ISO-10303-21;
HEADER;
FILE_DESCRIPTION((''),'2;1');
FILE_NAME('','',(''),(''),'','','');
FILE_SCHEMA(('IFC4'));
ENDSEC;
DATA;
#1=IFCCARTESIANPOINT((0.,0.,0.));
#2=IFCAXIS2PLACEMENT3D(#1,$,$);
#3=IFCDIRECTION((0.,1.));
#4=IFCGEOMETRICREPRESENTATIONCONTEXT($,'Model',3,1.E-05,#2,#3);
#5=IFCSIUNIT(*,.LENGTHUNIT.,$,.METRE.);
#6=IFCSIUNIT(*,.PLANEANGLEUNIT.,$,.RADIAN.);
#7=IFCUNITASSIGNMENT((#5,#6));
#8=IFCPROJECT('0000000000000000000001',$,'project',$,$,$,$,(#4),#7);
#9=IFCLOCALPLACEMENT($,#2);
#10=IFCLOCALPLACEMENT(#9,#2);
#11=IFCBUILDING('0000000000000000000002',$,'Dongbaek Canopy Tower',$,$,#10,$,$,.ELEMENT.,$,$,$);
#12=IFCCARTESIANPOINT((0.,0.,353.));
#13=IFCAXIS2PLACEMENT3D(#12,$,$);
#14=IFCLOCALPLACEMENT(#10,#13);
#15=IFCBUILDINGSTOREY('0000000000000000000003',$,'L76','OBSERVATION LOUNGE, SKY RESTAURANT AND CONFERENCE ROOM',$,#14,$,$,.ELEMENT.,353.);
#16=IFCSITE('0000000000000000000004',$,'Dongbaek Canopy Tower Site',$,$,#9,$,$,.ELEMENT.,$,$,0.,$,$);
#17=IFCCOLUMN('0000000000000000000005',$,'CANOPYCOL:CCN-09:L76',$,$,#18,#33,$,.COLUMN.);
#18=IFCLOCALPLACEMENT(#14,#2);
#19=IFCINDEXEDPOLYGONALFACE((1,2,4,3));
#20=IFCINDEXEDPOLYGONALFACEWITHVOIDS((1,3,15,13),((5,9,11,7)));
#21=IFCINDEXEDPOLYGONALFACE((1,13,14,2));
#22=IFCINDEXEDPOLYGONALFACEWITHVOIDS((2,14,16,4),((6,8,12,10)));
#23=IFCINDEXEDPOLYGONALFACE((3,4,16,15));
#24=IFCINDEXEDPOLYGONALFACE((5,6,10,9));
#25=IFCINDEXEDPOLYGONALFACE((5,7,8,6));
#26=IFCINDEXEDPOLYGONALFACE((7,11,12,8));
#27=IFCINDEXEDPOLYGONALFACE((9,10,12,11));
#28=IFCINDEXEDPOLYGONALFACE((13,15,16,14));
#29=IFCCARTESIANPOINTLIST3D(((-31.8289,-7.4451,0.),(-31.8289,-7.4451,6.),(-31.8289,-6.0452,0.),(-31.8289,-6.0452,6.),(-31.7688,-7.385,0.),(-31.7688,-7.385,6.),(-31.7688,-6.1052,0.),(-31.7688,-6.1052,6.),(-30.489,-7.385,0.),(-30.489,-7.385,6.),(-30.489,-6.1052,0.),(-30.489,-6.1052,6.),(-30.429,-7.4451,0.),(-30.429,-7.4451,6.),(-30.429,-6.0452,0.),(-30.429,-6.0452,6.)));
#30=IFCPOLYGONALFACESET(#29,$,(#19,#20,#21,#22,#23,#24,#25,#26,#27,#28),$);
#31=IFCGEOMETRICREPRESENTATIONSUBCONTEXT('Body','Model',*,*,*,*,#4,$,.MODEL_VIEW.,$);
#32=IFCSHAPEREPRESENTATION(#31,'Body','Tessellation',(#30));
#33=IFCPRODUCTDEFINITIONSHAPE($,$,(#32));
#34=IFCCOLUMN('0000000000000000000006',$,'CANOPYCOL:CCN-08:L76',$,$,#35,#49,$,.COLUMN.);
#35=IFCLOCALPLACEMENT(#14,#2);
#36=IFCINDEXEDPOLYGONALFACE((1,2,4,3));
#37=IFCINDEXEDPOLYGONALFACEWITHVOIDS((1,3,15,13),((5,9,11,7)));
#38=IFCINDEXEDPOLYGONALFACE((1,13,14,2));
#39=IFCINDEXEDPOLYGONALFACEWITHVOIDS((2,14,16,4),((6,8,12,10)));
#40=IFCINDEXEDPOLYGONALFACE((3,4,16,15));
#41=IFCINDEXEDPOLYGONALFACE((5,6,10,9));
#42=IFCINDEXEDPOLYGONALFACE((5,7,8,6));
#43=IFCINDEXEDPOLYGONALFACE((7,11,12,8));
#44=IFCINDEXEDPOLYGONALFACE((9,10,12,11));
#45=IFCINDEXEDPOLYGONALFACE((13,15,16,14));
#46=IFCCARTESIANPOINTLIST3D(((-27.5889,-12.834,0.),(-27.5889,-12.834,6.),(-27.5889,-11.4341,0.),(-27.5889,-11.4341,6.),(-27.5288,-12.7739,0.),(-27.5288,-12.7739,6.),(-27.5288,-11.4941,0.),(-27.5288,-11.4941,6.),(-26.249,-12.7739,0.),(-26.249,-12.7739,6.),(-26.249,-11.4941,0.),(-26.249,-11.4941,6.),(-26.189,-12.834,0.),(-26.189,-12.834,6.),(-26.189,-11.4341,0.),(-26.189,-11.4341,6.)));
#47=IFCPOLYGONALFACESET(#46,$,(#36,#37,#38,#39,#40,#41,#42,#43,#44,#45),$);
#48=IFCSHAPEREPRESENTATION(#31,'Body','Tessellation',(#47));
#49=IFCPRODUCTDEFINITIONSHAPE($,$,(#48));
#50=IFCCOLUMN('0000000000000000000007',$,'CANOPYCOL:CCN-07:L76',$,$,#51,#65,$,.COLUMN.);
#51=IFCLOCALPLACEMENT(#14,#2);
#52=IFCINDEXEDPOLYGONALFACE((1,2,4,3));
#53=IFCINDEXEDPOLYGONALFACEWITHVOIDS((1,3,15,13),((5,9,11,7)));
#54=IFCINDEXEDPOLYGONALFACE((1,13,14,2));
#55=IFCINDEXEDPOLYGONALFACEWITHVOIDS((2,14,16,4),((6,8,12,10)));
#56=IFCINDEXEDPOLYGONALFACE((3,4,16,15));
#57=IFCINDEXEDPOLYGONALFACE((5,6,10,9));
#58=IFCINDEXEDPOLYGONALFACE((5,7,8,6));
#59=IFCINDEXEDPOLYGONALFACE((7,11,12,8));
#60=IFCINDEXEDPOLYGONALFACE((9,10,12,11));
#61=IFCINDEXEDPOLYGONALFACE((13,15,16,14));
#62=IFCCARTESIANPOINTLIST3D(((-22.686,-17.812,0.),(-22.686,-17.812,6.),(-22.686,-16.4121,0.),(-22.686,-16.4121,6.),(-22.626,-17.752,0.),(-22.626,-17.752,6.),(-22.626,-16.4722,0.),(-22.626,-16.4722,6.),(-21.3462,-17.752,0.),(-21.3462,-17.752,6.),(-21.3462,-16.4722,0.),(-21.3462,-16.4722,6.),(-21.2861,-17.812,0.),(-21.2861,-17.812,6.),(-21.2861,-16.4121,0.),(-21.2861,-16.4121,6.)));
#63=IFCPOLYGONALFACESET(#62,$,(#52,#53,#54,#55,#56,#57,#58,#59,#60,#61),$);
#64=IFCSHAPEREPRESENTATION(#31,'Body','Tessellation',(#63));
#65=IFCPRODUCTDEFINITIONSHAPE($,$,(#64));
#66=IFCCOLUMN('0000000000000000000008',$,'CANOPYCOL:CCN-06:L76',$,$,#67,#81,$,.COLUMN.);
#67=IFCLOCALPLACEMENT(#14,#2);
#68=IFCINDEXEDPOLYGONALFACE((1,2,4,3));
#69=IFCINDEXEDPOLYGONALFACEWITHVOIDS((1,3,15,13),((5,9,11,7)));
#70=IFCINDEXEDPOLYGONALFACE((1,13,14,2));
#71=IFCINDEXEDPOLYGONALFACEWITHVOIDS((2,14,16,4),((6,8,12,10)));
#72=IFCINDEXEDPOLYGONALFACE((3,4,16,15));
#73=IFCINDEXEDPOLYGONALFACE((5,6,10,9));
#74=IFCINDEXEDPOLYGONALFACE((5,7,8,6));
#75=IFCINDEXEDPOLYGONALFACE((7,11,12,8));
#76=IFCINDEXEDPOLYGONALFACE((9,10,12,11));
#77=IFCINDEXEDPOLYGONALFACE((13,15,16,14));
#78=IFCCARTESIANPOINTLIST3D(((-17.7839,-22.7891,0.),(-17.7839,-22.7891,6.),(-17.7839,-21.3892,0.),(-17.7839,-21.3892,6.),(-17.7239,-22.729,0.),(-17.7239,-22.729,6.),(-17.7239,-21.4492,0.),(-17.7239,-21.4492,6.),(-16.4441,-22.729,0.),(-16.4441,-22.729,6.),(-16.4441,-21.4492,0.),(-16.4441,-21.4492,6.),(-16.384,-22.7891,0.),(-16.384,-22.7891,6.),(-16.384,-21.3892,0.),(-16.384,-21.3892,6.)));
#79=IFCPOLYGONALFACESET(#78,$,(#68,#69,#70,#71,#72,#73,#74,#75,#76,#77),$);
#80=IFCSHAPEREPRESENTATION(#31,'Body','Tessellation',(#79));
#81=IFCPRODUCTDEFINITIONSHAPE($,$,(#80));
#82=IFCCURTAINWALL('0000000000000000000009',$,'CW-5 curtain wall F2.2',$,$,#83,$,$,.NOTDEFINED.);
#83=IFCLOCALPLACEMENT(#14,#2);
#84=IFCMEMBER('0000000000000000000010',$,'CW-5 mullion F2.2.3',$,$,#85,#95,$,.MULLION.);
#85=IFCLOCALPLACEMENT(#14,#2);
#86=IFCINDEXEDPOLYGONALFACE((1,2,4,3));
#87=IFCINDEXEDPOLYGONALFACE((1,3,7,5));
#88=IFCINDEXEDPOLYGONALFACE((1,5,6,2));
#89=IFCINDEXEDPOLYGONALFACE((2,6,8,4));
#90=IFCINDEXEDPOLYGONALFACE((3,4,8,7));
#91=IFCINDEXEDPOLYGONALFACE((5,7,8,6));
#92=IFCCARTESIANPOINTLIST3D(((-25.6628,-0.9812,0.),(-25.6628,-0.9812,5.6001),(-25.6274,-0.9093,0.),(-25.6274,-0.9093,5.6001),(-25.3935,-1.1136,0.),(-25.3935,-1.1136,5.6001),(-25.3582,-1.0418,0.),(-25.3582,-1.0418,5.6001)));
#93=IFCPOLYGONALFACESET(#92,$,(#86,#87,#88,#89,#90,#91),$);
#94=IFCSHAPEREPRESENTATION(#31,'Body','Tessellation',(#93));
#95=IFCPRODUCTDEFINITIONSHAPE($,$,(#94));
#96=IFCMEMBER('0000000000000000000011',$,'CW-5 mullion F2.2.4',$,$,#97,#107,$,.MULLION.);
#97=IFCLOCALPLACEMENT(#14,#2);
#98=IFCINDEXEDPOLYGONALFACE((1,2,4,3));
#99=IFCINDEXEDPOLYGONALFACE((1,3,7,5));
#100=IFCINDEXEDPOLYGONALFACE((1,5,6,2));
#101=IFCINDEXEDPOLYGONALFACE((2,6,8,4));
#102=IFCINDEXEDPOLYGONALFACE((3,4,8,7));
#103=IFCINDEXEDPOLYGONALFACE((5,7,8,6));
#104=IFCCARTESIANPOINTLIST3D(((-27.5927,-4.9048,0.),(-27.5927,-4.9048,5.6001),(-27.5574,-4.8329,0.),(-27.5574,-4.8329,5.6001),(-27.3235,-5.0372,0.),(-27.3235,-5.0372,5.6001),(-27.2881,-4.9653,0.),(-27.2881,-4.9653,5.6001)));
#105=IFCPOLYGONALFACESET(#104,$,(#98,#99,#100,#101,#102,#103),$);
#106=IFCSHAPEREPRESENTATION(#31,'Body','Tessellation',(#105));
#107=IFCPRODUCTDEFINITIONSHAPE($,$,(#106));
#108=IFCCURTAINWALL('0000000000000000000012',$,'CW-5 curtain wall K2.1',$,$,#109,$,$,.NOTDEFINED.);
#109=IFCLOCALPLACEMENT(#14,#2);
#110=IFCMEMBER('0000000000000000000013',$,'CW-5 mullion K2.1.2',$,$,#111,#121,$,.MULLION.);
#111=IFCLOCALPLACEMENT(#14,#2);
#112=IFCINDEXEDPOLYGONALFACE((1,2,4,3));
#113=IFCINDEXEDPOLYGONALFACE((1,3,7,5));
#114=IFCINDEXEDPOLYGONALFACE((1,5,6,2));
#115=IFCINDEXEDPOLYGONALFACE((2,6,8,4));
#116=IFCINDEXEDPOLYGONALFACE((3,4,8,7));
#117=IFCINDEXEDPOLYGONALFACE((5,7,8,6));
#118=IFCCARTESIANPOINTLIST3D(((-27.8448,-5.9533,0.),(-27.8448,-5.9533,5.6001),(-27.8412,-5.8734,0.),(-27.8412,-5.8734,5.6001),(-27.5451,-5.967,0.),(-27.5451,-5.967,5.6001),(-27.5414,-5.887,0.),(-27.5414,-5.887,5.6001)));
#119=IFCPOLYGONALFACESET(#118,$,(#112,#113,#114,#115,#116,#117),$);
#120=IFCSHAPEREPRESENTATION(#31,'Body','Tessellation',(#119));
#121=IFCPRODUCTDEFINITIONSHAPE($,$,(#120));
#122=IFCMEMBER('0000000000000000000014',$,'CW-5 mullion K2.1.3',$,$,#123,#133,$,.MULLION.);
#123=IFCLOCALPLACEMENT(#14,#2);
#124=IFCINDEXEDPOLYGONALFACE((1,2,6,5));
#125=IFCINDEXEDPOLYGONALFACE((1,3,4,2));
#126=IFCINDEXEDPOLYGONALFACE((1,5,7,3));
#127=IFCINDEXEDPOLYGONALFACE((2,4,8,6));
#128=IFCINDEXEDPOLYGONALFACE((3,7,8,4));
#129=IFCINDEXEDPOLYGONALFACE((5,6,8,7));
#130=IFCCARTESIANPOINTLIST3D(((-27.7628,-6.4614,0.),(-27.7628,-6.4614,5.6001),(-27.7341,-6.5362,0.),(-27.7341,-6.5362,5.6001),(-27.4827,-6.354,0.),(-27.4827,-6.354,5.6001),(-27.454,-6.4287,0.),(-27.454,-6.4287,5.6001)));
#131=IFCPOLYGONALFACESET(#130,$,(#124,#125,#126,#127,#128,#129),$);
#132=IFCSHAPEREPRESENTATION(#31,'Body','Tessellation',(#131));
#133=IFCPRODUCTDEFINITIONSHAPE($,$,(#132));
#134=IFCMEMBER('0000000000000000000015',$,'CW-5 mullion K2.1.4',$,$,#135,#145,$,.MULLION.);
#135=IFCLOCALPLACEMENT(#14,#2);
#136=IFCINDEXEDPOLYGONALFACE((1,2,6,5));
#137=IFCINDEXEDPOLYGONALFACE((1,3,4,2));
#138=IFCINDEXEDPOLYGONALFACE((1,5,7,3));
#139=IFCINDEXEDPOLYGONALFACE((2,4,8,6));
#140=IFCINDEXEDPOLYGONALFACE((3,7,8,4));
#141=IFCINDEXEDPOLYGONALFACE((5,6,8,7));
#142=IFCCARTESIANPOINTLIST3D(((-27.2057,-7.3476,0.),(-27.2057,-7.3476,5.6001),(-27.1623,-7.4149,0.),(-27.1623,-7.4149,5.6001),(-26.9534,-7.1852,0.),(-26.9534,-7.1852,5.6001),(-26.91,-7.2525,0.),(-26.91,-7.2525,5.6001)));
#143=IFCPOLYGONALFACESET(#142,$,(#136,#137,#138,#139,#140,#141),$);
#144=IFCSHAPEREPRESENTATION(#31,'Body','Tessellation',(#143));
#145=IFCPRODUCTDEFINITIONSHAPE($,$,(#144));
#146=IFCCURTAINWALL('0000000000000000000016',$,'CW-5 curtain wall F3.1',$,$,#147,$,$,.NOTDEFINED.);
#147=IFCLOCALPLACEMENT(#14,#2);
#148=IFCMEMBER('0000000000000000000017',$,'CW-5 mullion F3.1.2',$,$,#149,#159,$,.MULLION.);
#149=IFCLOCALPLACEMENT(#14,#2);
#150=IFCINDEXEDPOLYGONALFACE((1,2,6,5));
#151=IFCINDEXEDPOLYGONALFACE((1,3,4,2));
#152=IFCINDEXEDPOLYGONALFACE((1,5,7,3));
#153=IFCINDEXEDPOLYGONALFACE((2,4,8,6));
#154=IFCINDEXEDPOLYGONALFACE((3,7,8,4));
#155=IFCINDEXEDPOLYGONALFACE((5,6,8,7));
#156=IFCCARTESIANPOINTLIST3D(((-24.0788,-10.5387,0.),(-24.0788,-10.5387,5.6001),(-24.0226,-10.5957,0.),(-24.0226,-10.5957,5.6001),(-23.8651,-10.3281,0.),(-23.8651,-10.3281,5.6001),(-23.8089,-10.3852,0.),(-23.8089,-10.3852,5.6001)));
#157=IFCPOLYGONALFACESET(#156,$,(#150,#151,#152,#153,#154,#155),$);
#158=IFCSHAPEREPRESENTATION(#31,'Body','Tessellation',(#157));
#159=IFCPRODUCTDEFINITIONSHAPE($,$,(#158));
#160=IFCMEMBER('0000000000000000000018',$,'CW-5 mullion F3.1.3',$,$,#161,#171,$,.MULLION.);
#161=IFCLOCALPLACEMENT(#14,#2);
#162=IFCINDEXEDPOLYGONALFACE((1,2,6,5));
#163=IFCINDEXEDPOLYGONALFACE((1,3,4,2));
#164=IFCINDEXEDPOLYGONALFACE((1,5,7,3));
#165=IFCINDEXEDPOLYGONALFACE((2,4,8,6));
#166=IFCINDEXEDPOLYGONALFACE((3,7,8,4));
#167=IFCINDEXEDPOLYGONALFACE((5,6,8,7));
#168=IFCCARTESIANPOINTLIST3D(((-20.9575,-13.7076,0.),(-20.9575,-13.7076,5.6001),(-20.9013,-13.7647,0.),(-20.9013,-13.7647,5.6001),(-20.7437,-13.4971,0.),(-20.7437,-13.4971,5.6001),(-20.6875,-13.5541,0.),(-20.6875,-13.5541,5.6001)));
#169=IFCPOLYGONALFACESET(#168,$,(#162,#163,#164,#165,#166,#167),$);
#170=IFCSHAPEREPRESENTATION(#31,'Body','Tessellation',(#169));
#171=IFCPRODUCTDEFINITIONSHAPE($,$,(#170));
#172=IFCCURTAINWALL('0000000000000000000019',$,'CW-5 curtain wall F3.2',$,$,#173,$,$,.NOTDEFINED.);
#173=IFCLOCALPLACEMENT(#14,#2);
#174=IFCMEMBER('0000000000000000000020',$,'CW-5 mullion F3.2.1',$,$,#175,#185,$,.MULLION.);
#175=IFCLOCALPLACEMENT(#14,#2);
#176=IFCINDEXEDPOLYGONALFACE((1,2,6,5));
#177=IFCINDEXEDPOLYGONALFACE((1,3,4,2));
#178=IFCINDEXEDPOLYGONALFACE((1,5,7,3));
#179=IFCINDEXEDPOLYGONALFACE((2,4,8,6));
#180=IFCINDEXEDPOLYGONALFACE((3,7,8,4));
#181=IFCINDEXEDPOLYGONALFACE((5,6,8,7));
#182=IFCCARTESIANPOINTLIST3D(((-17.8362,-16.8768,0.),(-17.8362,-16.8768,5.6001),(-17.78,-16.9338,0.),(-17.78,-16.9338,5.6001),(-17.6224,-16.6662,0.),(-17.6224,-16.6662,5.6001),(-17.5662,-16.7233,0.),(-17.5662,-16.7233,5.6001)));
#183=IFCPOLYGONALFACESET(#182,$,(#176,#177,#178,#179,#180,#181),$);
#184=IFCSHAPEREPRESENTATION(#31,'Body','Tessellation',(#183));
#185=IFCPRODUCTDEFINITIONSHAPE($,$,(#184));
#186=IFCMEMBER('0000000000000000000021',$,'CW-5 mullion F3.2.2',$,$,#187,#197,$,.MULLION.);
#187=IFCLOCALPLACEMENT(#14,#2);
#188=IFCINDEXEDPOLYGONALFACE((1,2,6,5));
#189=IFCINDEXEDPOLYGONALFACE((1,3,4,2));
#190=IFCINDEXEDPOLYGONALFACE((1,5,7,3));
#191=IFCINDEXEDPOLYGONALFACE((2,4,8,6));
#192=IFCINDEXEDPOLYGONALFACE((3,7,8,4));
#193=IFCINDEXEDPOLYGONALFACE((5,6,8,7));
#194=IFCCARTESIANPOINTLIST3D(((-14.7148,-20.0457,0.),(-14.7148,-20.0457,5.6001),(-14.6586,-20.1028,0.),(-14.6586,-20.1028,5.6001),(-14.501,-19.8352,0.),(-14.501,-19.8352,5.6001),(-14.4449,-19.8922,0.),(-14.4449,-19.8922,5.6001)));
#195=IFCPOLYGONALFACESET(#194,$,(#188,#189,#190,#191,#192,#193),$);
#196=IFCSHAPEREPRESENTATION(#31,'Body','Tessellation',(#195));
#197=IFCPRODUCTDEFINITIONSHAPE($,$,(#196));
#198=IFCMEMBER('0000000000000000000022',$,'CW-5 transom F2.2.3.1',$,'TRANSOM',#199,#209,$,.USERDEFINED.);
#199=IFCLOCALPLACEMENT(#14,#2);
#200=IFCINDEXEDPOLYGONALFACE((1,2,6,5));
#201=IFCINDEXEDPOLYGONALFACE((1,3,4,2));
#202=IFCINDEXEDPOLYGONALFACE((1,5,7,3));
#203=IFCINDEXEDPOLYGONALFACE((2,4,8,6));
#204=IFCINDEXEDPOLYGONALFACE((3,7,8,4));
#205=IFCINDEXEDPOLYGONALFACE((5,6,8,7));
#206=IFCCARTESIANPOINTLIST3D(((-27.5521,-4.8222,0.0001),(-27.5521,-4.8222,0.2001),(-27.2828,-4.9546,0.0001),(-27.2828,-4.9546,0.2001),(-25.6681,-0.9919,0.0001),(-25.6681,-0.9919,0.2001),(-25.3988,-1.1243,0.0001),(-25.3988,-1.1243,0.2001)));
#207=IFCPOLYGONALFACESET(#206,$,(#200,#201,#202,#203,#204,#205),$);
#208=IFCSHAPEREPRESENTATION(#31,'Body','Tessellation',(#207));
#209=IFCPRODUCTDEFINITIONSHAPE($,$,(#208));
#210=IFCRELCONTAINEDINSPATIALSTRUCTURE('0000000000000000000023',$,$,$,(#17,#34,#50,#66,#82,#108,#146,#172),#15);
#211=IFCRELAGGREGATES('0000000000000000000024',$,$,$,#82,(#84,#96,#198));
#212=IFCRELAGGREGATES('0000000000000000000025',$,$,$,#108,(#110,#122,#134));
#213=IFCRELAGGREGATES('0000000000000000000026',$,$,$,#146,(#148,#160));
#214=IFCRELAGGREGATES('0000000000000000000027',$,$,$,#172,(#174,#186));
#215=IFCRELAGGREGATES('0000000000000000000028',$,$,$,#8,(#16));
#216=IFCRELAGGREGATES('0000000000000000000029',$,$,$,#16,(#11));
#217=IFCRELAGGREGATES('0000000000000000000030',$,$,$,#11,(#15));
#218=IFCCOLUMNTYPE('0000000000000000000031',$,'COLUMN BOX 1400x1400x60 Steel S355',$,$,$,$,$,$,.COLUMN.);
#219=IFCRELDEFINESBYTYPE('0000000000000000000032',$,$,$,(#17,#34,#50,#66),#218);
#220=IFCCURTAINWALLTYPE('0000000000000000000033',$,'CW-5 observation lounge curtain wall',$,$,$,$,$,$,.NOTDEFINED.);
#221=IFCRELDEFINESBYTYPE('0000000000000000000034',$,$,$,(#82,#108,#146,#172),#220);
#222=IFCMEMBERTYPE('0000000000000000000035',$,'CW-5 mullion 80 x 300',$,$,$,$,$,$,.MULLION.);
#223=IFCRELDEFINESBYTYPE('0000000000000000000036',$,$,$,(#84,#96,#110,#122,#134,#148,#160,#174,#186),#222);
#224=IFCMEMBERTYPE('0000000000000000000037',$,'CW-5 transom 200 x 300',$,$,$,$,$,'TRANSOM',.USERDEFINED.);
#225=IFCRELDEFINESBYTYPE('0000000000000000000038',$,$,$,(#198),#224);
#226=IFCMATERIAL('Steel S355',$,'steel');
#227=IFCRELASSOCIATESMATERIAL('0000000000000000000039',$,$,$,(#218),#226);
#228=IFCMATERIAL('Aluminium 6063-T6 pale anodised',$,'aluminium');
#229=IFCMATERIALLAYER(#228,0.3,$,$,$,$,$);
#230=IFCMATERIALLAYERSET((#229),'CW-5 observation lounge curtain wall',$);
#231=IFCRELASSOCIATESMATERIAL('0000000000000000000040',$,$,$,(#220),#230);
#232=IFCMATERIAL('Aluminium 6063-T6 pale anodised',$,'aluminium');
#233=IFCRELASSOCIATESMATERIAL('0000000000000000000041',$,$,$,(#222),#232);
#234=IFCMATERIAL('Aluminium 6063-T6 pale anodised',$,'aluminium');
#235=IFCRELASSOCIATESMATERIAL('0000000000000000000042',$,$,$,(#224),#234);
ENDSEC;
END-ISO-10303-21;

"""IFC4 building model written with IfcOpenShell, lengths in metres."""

from ifc_helpers import new_model, si_unit, direction, frame, origin, origin_2d, place, context, subcontext, project, spatial, rectangle, hollow_rectangle, extrude, material, layer, layer_set, material_profile, profile_set, type_object, element, aggregate, save


model = new_model("IFC4")

# Units and contexts
model_context = context("Model", 3, precision=1e-05, world=origin(), true_north=direction((0.0, 1.0)))
body_context = subcontext(model_context, "Body", "Model", "MODEL_VIEW")
ifc_project = project(units=[si_unit("LENGTHUNIT", "METRE"), si_unit("PLANEANGLEUNIT", "RADIAN")], contexts=[model_context])

# Site, building, storey
site_placement = place(None, origin())
site = spatial("IfcSite", under=ifc_project, at=site_placement, Name="Dongbaek Canopy Tower Site", CompositionType="ELEMENT", RefElevation=0.0)
building_placement = place(site_placement, origin())
building = spatial("IfcBuilding", under=site, at=building_placement, Name="Dongbaek Canopy Tower", CompositionType="ELEMENT")
storey_placement = place(building_placement, frame((0.0, 0.0, 353.0)))
storey = spatial("IfcBuildingStorey", under=building, at=storey_placement, Name="L76", Description="OBSERVATION LOUNGE, SKY RESTAURANT AND CONFERENCE ROOM", CompositionType="ELEMENT", Elevation=353.0)

# Columns
ifc_material_1 = material(Name="Steel S355", Category="steel")
ifc_material_profile_1 = material_profile(ifc_material_1, hollow_rectangle(XDim=1.3999, YDim=1.3999, WallThickness=0.0601, at=origin_2d()), Name="COLUMN BOX 1400x1400x60 Steel S355")
ifc_profile_set_1 = profile_set([ifc_material_profile_1], Name="Steel S355")
column_type = type_object("IfcColumnType", Name="COLUMN BOX 1400x1400x60 Steel S355", PredefinedType="COLUMN", material=ifc_profile_set_1)
for number, where, z_axis, x_axis, name in (
    (1, (-31.1289, -6.7451, 0.0), (0.0, 0.0, 1.0), (1.0, 0.0, 0.0), "CANOPYCOL:CCN-09:L76"),
    (2, (-26.8889, -12.134, 0.0), (0.0, 0.0, 1.0), (1.0, 0.0, 0.0), "CANOPYCOL:CCN-08:L76"),
    (3, (-21.9861, -17.1121, 0.0), (0.0, 0.0, 1.0), (1.0, 0.0, 0.0), "CANOPYCOL:CCN-07:L76"),
    (4, (-17.084, -22.0891, 0.0), (0.0, 0.0, 1.0), (1.0, 0.0, 0.0), "CANOPYCOL:CCN-06:L76"),
):
    element("IfcColumn", number, at=place(storey_placement, frame(where, z_axis=z_axis, x_axis=x_axis)), inside=storey, type_object=column_type, Name=name, PredefinedType="COLUMN", context=body_context, shape_type="SweptSolid", body=[
        extrude(hollow_rectangle(XDim=1.3999, YDim=1.3999, WallThickness=0.0601, at=origin_2d()), origin(), (0.0, 0.0, 1.0), 6.0),
    ])

# Curtain walls, members
ifc_material_2 = material(Name="Aluminium 6063-T6 pale anodised", Category="aluminium")
ifc_layer_1 = layer(ifc_material_2, 0.3)
ifc_layer_set_1 = layer_set([ifc_layer_1], Name="CW-5 observation lounge curtain wall")
curtain_wall_type = type_object("IfcCurtainWallType", Name="CW-5 observation lounge curtain wall", PredefinedType="NOTDEFINED", material=ifc_layer_set_1)
curtain_wall_1_placement = place(storey_placement, origin())
curtain_wall_1 = element("IfcCurtainWall", 5, at=curtain_wall_1_placement, inside=storey, type_object=curtain_wall_type, Name="CW-5 curtain wall F2.2", PredefinedType="NOTDEFINED")
ifc_material_3 = material(Name="Aluminium 6063-T6 pale anodised", Category="aluminium")
ifc_material_profile_2 = material_profile(ifc_material_3, rectangle(XDim=0.3, YDim=0.0801, at=origin_2d()), Name="CW-5 mullion 80 x 300")
ifc_profile_set_2 = profile_set([ifc_material_profile_2], Name="Aluminium 6063-T6 pale anodised")
member_type_1 = type_object("IfcMemberType", Name="CW-5 mullion 80 x 300", PredefinedType="MULLION", material=ifc_profile_set_2)
member_1_placement = place(storey_placement, frame((-25.5105, -1.0115, 0.0), z_axis=(0.0, 0.0, 1.0), x_axis=(-0.897339, 0.441342, 0.0)))
member_1 = element("IfcMember", 6, at=member_1_placement, type_object=member_type_1, Name="CW-5 mullion F2.2.3", PredefinedType="MULLION", context=body_context, shape_type="SweptSolid", body=[
    extrude(rectangle(XDim=0.3, YDim=0.0801, at=origin_2d()), origin(), (0.0, 0.0, 1.0), 5.6001),
])
member_2_placement = place(storey_placement, frame((-27.4404, -4.9351, 0.0), z_axis=(0.0, 0.0, 1.0), x_axis=(-0.897339, 0.441342, 0.0)))
member_2 = element("IfcMember", 7, at=member_2_placement, type_object=member_type_1, Name="CW-5 mullion F2.2.4", PredefinedType="MULLION", context=body_context, shape_type="SweptSolid", body=[
    extrude(rectangle(XDim=0.3, YDim=0.0801, at=origin_2d()), origin(), (0.0, 0.0, 1.0), 5.6001),
])
curtain_wall_2_placement = place(storey_placement, origin())
curtain_wall_2 = element("IfcCurtainWall", 8, at=curtain_wall_2_placement, inside=storey, type_object=curtain_wall_type, Name="CW-5 curtain wall K2.1", PredefinedType="NOTDEFINED")
member_3_placement = place(storey_placement, frame((-27.6931, -5.9202, 0.0), z_axis=(0.0, 0.0, 1.0), x_axis=(-0.998967, 0.045445, 0.0)))
member_3 = element("IfcMember", 9, at=member_3_placement, type_object=member_type_1, Name="CW-5 mullion K2.1.2", PredefinedType="MULLION", context=body_context, shape_type="SweptSolid", body=[
    extrude(rectangle(XDim=0.3, YDim=0.0801, at=origin_2d()), origin(), (0.0, 0.0, 1.0), 5.6001),
])
member_4_placement = place(storey_placement, frame((-27.6084, -6.4451, 0.0), z_axis=(0.0, 0.0, 1.0), x_axis=(-0.933705, -0.358044, 0.0)))
member_4 = element("IfcMember", 10, at=member_4_placement, type_object=member_type_1, Name="CW-5 mullion K2.1.3", PredefinedType="MULLION", context=body_context, shape_type="SweptSolid", body=[
    extrude(rectangle(XDim=0.3, YDim=0.0801, at=origin_2d()), origin(), (0.0, 0.0, 1.0), 5.6001),
])
member_5_placement = place(storey_placement, frame((-27.0579, -7.3, 0.0), z_axis=(0.0, 0.0, 1.0), x_axis=(-0.840826, -0.541306, 0.0)))
member_5 = element("IfcMember", 11, at=member_5_placement, type_object=member_type_1, Name="CW-5 mullion K2.1.4", PredefinedType="MULLION", context=body_context, shape_type="SweptSolid", body=[
    extrude(rectangle(XDim=0.3, YDim=0.0801, at=origin_2d()), origin(), (0.0, 0.0, 1.0), 5.6001),
])
curtain_wall_3_placement = place(storey_placement, origin())
curtain_wall_3 = element("IfcCurtainWall", 12, at=curtain_wall_3_placement, inside=storey, type_object=curtain_wall_type, Name="CW-5 curtain wall F3.1", PredefinedType="NOTDEFINED")
member_6_placement = place(storey_placement, frame((-23.9438, -10.4619, 0.0), z_axis=(0.0, 0.0, 1.0), x_axis=(-0.712455, -0.701718, 0.0)))
member_6 = element("IfcMember", 13, at=member_6_placement, type_object=member_type_1, Name="CW-5 mullion F3.1.2", PredefinedType="MULLION", context=body_context, shape_type="SweptSolid", body=[
    extrude(rectangle(XDim=0.3, YDim=0.0801, at=origin_2d()), origin(), (0.0, 0.0, 1.0), 5.6001),
])
member_7_placement = place(storey_placement, frame((-20.8225, -13.6309, 0.0), z_axis=(0.0, 0.0, 1.0), x_axis=(-0.712455, -0.701718, 0.0)))
member_7 = element("IfcMember", 14, at=member_7_placement, type_object=member_type_1, Name="CW-5 mullion F3.1.3", PredefinedType="MULLION", context=body_context, shape_type="SweptSolid", body=[
    extrude(rectangle(XDim=0.3, YDim=0.0801, at=origin_2d()), origin(), (0.0, 0.0, 1.0), 5.6001),
])
curtain_wall_4_placement = place(storey_placement, origin())
curtain_wall_4 = element("IfcCurtainWall", 15, at=curtain_wall_4_placement, inside=storey, type_object=curtain_wall_type, Name="CW-5 curtain wall F3.2", PredefinedType="NOTDEFINED")
member_8_placement = place(storey_placement, frame((-17.7012, -16.8, 0.0), z_axis=(0.0, 0.0, 1.0), x_axis=(-0.712455, -0.701718, 0.0)))
member_8 = element("IfcMember", 16, at=member_8_placement, type_object=member_type_1, Name="CW-5 mullion F3.2.1", PredefinedType="MULLION", context=body_context, shape_type="SweptSolid", body=[
    extrude(rectangle(XDim=0.3, YDim=0.0801, at=origin_2d()), origin(), (0.0, 0.0, 1.0), 5.6001),
])
member_9_placement = place(storey_placement, frame((-14.5798, -19.969, 0.0), z_axis=(0.0, 0.0, 1.0), x_axis=(-0.712455, -0.701718, 0.0)))
member_9 = element("IfcMember", 17, at=member_9_placement, type_object=member_type_1, Name="CW-5 mullion F3.2.2", PredefinedType="MULLION", context=body_context, shape_type="SweptSolid", body=[
    extrude(rectangle(XDim=0.3, YDim=0.0801, at=origin_2d()), origin(), (0.0, 0.0, 1.0), 5.6001),
])

# Member
ifc_material_4 = material(Name="Aluminium 6063-T6 pale anodised", Category="aluminium")
ifc_material_profile_3 = material_profile(ifc_material_4, rectangle(XDim=0.3, YDim=0.2, at=origin_2d()), Name="CW-5 transom 200 x 300")
ifc_profile_set_3 = profile_set([ifc_material_profile_3], Name="Aluminium 6063-T6 pale anodised")
member_type_2 = type_object("IfcMemberType", Name="CW-5 transom 200 x 300", ElementType="TRANSOM", PredefinedType="USERDEFINED", material=ifc_profile_set_3)
member_10_placement = place(storey_placement, frame((-25.5334, -1.0581, 0.1001), z_axis=(-0.44137, -0.897325, 0.0), x_axis=(0.897325, -0.44137, 0.0)))
member_10 = element("IfcMember", 18, at=member_10_placement, type_object=member_type_2, Name="CW-5 transom F2.2.3.1", ObjectType="TRANSOM", PredefinedType="USERDEFINED", context=body_context, shape_type="SweptSolid", body=[
    extrude(rectangle(XDim=0.3, YDim=0.2, at=origin_2d()), origin(), (0.0, 0.0, 1.0), 4.2686),
])
aggregate(curtain_wall_1, [member_1, member_2, member_10])
aggregate(curtain_wall_2, [member_3, member_4, member_5])
aggregate(curtain_wall_3, [member_6, member_7])
aggregate(curtain_wall_4, [member_8, member_9])

save(model, "model.ifc")
